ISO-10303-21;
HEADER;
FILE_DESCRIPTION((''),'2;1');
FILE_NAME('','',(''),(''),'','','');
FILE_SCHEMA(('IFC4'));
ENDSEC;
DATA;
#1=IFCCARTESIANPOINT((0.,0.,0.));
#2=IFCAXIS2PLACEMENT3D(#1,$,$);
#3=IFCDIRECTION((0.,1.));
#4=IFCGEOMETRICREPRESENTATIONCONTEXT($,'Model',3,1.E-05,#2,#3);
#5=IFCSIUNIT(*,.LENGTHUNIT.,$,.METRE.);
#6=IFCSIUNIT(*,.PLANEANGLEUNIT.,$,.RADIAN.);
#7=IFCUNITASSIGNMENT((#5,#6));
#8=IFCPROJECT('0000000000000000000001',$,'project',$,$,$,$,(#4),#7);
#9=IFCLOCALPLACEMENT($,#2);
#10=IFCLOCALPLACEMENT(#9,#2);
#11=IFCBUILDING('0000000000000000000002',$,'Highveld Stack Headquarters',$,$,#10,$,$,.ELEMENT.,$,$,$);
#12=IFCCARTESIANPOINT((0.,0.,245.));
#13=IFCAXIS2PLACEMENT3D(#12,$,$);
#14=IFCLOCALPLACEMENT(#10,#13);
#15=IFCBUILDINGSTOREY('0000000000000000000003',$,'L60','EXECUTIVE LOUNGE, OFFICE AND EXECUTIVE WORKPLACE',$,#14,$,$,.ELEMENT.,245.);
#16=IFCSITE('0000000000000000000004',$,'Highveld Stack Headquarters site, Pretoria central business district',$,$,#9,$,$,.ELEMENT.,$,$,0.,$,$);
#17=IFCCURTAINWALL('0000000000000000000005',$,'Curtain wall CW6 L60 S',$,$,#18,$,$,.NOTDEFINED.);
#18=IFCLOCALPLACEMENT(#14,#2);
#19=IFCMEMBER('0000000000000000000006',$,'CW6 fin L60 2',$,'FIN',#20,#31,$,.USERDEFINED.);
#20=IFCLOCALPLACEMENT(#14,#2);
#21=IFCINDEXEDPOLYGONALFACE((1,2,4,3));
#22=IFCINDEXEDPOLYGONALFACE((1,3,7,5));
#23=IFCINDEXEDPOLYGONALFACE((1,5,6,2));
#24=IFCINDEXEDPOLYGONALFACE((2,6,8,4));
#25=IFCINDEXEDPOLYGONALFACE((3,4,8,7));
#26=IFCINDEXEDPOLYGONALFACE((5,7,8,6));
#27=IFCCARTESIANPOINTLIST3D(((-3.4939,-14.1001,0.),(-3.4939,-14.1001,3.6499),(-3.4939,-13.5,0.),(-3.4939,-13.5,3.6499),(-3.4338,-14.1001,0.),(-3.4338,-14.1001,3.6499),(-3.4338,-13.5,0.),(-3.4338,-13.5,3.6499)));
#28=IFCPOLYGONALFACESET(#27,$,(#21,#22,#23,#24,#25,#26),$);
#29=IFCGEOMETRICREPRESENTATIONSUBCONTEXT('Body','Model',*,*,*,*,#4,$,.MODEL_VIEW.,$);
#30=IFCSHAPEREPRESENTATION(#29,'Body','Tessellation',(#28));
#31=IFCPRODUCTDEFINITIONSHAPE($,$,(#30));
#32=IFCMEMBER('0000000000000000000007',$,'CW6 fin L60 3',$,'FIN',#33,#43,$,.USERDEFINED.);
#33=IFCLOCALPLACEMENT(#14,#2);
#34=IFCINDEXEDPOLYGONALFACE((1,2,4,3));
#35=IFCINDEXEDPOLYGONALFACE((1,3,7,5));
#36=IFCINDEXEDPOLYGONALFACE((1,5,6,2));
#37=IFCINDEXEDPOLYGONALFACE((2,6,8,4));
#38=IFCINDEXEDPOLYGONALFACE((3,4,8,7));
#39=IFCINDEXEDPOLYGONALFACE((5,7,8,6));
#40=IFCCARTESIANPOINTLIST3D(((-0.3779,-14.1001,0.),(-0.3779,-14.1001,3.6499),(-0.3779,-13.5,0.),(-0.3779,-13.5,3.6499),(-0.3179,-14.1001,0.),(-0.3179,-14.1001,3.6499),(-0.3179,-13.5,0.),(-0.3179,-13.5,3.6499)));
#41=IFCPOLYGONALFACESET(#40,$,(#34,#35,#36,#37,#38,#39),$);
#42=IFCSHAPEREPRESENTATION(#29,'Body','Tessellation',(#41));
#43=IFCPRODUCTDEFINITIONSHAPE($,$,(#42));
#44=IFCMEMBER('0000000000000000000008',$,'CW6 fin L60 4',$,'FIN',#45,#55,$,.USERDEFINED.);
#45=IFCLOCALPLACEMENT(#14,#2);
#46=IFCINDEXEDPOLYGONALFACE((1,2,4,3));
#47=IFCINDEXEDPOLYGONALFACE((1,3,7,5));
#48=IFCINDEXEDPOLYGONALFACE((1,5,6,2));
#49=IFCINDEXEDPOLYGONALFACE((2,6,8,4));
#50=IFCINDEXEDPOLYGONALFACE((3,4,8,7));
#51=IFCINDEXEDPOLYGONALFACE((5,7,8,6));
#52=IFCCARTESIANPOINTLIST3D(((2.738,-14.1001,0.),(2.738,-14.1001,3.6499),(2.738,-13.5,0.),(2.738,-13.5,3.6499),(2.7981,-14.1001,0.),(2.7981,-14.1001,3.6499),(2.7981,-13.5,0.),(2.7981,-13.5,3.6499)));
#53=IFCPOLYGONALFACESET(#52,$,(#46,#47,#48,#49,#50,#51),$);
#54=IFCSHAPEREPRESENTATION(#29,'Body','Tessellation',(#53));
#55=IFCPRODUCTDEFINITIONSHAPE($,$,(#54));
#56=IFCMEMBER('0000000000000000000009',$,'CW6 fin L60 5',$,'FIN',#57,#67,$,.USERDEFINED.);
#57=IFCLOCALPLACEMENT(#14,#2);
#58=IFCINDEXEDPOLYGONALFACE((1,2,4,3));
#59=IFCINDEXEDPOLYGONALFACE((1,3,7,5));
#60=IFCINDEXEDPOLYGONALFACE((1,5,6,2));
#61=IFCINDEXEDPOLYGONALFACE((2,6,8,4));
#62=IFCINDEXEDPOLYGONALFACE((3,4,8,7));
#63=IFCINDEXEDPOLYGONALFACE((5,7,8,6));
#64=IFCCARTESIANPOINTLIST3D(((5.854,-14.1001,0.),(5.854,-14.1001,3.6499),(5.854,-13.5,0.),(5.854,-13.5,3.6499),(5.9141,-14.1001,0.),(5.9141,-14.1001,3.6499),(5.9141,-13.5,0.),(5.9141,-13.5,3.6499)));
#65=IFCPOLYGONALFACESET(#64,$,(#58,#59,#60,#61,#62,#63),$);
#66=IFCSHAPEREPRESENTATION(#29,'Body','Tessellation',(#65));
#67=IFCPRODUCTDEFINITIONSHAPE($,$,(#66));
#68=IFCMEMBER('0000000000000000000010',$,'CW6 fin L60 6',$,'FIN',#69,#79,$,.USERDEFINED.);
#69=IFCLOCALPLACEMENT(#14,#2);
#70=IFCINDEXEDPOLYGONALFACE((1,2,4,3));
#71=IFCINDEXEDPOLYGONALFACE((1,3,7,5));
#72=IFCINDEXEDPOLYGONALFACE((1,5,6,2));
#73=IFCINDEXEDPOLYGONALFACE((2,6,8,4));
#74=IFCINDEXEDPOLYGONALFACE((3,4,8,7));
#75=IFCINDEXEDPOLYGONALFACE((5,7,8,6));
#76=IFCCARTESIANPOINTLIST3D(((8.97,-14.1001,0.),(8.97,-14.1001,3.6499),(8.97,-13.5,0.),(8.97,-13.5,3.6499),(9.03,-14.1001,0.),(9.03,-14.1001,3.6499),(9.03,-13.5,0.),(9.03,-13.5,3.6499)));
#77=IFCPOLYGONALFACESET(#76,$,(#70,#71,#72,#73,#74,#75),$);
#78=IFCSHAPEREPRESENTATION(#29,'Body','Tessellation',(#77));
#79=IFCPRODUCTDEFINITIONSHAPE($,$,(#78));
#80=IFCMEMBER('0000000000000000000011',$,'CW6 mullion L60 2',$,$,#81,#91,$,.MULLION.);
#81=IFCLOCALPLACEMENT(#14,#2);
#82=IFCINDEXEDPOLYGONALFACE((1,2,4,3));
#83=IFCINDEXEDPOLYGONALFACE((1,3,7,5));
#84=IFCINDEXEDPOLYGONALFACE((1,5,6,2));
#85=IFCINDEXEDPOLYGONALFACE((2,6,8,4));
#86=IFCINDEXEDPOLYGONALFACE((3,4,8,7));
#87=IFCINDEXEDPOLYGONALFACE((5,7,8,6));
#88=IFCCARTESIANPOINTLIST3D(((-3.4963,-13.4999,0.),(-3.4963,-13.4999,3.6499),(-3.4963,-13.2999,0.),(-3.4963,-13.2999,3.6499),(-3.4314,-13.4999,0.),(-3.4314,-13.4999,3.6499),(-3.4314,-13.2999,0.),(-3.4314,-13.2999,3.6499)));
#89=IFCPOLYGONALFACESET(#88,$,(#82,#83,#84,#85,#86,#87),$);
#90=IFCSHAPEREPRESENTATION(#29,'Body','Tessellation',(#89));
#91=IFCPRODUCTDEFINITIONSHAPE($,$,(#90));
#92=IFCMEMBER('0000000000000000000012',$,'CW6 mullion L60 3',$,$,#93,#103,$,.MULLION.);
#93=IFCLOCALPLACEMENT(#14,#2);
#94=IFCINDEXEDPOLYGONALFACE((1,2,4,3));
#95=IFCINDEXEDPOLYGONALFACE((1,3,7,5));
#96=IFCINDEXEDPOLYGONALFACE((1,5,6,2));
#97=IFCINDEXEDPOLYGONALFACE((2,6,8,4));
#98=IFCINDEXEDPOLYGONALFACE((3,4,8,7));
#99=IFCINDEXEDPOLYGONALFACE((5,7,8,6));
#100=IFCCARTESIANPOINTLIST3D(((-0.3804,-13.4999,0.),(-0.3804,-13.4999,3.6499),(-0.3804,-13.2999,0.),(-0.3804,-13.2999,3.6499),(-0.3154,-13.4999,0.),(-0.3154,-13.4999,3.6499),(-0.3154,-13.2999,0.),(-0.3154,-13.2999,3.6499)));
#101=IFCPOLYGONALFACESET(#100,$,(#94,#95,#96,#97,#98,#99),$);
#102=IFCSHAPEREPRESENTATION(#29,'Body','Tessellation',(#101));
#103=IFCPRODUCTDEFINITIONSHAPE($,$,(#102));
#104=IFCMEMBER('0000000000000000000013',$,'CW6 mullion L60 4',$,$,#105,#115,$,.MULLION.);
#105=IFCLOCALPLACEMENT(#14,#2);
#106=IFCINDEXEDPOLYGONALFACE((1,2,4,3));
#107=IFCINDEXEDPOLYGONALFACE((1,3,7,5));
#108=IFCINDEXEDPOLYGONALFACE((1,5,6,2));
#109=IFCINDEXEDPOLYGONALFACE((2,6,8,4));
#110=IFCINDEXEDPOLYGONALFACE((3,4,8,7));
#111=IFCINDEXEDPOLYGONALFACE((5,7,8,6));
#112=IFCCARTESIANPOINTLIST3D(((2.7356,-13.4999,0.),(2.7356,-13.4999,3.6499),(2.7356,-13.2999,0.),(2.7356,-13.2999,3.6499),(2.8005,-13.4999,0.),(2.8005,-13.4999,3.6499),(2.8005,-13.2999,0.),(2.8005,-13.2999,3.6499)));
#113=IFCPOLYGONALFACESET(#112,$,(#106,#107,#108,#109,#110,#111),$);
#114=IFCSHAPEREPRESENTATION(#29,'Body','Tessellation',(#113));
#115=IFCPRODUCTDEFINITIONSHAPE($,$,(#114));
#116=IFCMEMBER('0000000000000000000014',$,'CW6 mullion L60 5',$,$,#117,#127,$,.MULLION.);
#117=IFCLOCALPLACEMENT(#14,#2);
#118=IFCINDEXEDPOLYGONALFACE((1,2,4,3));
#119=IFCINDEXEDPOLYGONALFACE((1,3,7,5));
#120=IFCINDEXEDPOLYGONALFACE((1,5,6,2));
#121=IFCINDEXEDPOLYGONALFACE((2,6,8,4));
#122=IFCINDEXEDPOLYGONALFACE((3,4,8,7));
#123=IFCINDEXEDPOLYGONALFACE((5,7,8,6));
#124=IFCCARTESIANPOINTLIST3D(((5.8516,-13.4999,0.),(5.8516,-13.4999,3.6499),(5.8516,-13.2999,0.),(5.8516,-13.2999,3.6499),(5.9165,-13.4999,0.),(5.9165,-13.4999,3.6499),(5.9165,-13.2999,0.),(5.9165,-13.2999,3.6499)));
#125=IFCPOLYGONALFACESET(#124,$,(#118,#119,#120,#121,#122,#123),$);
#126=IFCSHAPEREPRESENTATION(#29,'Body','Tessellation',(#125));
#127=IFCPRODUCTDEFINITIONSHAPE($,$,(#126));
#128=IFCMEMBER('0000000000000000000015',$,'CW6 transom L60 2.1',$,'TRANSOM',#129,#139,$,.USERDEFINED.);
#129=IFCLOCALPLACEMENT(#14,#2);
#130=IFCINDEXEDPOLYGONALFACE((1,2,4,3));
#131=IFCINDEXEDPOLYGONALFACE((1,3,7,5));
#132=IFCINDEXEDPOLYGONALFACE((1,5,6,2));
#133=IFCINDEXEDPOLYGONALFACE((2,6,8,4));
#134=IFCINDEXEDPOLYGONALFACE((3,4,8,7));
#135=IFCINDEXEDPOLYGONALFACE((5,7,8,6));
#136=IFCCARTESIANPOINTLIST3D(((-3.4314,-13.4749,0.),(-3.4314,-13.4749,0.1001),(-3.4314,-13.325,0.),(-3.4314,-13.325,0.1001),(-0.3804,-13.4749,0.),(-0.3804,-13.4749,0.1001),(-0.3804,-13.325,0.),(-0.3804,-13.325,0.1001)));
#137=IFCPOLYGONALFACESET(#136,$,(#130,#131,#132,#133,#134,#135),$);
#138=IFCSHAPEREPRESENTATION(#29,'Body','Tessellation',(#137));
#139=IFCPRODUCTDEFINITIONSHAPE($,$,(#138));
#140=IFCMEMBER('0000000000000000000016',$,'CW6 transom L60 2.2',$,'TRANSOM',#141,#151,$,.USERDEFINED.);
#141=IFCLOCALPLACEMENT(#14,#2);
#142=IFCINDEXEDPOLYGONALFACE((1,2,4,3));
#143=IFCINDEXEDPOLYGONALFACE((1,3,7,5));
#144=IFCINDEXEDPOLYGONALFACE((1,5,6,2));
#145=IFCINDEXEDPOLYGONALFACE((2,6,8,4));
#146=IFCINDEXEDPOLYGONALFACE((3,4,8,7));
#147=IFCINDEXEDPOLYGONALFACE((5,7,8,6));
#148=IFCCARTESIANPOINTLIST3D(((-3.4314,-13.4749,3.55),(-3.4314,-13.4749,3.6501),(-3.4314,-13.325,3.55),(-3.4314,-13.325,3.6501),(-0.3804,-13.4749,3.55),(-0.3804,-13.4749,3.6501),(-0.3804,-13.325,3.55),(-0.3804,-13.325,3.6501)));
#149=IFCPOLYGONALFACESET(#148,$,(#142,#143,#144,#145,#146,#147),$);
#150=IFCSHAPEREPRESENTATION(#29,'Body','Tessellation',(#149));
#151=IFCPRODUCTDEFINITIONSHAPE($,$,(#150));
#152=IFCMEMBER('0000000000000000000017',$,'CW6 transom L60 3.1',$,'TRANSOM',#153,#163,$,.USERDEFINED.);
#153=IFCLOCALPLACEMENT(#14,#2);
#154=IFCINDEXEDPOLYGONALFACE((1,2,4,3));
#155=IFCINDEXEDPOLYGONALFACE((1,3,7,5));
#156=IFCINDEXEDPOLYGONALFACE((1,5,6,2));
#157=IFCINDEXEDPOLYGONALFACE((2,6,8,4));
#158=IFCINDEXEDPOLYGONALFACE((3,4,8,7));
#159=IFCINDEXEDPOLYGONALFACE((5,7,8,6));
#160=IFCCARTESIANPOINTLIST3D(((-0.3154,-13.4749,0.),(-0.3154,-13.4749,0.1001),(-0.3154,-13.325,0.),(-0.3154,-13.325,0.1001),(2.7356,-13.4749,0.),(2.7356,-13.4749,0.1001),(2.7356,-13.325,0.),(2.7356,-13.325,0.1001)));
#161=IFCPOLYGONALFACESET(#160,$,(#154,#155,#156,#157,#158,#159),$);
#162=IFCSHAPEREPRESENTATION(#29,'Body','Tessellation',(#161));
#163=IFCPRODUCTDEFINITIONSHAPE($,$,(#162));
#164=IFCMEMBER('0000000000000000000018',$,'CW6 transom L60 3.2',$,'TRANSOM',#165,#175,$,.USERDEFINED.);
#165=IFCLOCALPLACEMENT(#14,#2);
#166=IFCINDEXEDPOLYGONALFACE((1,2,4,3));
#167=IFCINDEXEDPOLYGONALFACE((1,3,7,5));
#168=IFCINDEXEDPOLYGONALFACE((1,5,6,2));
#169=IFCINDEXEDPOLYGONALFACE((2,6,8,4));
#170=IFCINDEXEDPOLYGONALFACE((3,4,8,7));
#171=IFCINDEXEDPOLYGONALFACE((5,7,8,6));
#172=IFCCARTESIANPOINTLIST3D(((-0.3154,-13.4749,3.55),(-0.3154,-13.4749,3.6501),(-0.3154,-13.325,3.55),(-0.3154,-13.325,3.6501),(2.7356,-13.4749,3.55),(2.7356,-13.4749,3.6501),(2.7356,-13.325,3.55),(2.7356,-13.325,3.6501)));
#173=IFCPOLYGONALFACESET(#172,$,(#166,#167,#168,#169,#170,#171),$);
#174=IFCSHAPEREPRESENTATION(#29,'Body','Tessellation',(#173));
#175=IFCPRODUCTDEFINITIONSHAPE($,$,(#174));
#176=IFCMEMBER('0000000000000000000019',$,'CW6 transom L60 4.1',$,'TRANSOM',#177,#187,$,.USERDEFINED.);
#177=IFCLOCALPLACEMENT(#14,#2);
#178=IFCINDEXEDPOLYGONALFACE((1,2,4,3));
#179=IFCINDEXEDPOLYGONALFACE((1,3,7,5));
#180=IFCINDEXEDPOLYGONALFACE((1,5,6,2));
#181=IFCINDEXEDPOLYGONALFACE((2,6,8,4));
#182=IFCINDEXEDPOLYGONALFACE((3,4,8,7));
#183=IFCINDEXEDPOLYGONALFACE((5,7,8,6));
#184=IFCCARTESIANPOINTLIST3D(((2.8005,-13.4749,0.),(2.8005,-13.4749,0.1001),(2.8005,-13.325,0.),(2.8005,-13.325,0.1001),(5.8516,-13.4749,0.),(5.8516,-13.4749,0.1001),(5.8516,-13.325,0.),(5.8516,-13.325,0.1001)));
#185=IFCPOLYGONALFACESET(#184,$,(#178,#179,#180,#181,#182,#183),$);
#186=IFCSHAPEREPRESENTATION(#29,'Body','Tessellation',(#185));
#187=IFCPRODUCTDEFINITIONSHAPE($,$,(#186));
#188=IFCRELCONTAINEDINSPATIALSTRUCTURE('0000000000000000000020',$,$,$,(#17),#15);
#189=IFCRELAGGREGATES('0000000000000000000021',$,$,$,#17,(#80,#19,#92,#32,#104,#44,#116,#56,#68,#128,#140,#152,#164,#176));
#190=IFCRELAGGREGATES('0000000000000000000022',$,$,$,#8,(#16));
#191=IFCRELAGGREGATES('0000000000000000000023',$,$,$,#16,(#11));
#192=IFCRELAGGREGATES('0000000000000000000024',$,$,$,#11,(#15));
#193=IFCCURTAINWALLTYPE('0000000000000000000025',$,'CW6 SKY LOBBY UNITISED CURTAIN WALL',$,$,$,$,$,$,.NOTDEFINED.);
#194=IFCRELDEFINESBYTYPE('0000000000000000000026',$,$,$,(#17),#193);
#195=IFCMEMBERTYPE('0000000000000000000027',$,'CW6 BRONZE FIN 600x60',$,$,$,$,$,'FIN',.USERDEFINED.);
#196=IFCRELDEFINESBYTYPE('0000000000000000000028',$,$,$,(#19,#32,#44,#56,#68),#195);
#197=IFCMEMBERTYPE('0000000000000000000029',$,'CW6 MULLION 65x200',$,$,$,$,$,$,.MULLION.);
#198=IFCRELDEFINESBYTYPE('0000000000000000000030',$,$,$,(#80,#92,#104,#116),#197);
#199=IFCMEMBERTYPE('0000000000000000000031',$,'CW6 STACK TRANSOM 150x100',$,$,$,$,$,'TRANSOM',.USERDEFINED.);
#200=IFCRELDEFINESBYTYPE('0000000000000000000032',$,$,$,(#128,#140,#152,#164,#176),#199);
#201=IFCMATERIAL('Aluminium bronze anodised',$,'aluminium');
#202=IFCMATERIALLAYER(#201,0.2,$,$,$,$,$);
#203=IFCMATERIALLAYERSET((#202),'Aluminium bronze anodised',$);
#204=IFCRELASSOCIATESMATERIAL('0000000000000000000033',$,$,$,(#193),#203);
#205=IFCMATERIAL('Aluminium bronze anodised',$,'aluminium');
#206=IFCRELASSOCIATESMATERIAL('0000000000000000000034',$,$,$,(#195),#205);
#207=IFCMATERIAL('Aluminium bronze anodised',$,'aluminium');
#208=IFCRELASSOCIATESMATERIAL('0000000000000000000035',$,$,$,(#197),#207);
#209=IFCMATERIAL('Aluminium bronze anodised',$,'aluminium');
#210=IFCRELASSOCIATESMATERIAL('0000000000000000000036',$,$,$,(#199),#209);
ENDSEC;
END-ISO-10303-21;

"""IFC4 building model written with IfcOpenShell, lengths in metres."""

from ifc_helpers import new_model, si_unit, direction, frame, origin, origin_2d, place, context, subcontext, project, spatial, rectangle, extrude, material, layer, layer_set, material_profile, profile_set, type_object, element, aggregate, save


model = new_model("IFC4")

# Units and contexts
model_context = context("Model", 3, precision=1e-05, world=origin(), true_north=direction((0.0, 1.0)))
body_context = subcontext(model_context, "Body", "Model", "MODEL_VIEW")
ifc_project = project(units=[si_unit("LENGTHUNIT", "METRE"), si_unit("PLANEANGLEUNIT", "RADIAN")], contexts=[model_context])

# Site, building, storey
site_placement = place(None, origin())
site = spatial("IfcSite", under=ifc_project, at=site_placement, Name="Highveld Stack Headquarters site, Pretoria central business district", CompositionType="ELEMENT", RefElevation=0.0)
building_placement = place(site_placement, origin())
building = spatial("IfcBuilding", under=site, at=building_placement, Name="Highveld Stack Headquarters", CompositionType="ELEMENT")
storey_placement = place(building_placement, frame((0.0, 0.0, 245.0)))
storey = spatial("IfcBuildingStorey", under=building, at=storey_placement, Name="L60", Description="EXECUTIVE LOUNGE, OFFICE AND EXECUTIVE WORKPLACE", CompositionType="ELEMENT", Elevation=245.0)

# Curtain wall, members
ifc_material_1 = material(Name="Aluminium bronze anodised", Category="aluminium")
ifc_layer_1 = layer(ifc_material_1, 0.2)
ifc_layer_set_1 = layer_set([ifc_layer_1], Name="Aluminium bronze anodised")
curtain_wall_type = type_object("IfcCurtainWallType", Name="CW6 SKY LOBBY UNITISED CURTAIN WALL", PredefinedType="NOTDEFINED", material=ifc_layer_set_1)
curtain_wall_placement = place(storey_placement, origin())
curtain_wall = element("IfcCurtainWall", 1, at=curtain_wall_placement, inside=storey, type_object=curtain_wall_type, Name="Curtain wall CW6 L60 S", PredefinedType="NOTDEFINED")
ifc_material_2 = material(Name="Aluminium bronze anodised", Category="aluminium")
ifc_material_profile_1 = material_profile(ifc_material_2, rectangle(XDim=0.6001, YDim=0.0601, at=origin_2d()), Name="FIN 600x60")
ifc_profile_set_1 = profile_set([ifc_material_profile_1], Name="Aluminium bronze anodised")
member_type_1 = type_object("IfcMemberType", Name="CW6 BRONZE FIN 600x60", ElementType="FIN", PredefinedType="USERDEFINED", material=ifc_profile_set_1)
member_1_placement = place(storey_placement, frame((-3.4639, -13.8, 0.0), z_axis=(0.0, 0.0, 1.0), x_axis=(0.0, 1.0, 0.0)))
member_1 = element("IfcMember", 2, at=member_1_placement, type_object=member_type_1, Name="CW6 fin L60 2", ObjectType="FIN", PredefinedType="USERDEFINED", context=body_context, shape_type="SweptSolid", body=[
    extrude(rectangle(XDim=0.6001, YDim=0.0601, at=origin_2d()), origin(), (0.0, 0.0, 1.0), 3.6499),
])
member_2_placement = place(storey_placement, frame((-0.3479, -13.8, 0.0), z_axis=(0.0, 0.0, 1.0), x_axis=(0.0, 1.0, 0.0)))
member_2 = element("IfcMember", 3, at=member_2_placement, type_object=member_type_1, Name="CW6 fin L60 3", ObjectType="FIN", PredefinedType="USERDEFINED", context=body_context, shape_type="SweptSolid", body=[
    extrude(rectangle(XDim=0.6001, YDim=0.0601, at=origin_2d()), origin(), (0.0, 0.0, 1.0), 3.6499),
])
member_3_placement = place(storey_placement, frame((2.7681, -13.8, 0.0), z_axis=(0.0, 0.0, 1.0), x_axis=(0.0, 1.0, 0.0)))
member_3 = element("IfcMember", 4, at=member_3_placement, type_object=member_type_1, Name="CW6 fin L60 4", ObjectType="FIN", PredefinedType="USERDEFINED", context=body_context, shape_type="SweptSolid", body=[
    extrude(rectangle(XDim=0.6001, YDim=0.0601, at=origin_2d()), origin(), (0.0, 0.0, 1.0), 3.6499),
])
member_4_placement = place(storey_placement, frame((5.884, -13.8, 0.0), z_axis=(0.0, 0.0, 1.0), x_axis=(0.0, 1.0, 0.0)))
member_4 = element("IfcMember", 5, at=member_4_placement, type_object=member_type_1, Name="CW6 fin L60 5", ObjectType="FIN", PredefinedType="USERDEFINED", context=body_context, shape_type="SweptSolid", body=[
    extrude(rectangle(XDim=0.6001, YDim=0.0601, at=origin_2d()), origin(), (0.0, 0.0, 1.0), 3.6499),
])
member_5_placement = place(storey_placement, frame((9.0, -13.8, 0.0), z_axis=(0.0, 0.0, 1.0), x_axis=(0.0, 1.0, 0.0)))
member_5 = element("IfcMember", 6, at=member_5_placement, type_object=member_type_1, Name="CW6 fin L60 6", ObjectType="FIN", PredefinedType="USERDEFINED", context=body_context, shape_type="SweptSolid", body=[
    extrude(rectangle(XDim=0.6001, YDim=0.0601, at=origin_2d()), origin(), (0.0, 0.0, 1.0), 3.6499),
])
ifc_material_3 = material(Name="Aluminium bronze anodised", Category="aluminium")
ifc_material_profile_2 = material_profile(ifc_material_3, rectangle(XDim=0.2, YDim=0.0649, at=origin_2d()), Name="CW6 MULLION 65x200")
ifc_profile_set_2 = profile_set([ifc_material_profile_2], Name="Aluminium bronze anodised")
member_type_2 = type_object("IfcMemberType", Name="CW6 MULLION 65x200", PredefinedType="MULLION", material=ifc_profile_set_2)
member_6_placement = place(storey_placement, frame((-3.4639, -13.3999, 0.0), z_axis=(0.0, 0.0, 1.0), x_axis=(0.0, 1.0, 0.0)))
member_6 = element("IfcMember", 7, at=member_6_placement, type_object=member_type_2, Name="CW6 mullion L60 2", PredefinedType="MULLION", context=body_context, shape_type="SweptSolid", body=[
    extrude(rectangle(XDim=0.2, YDim=0.0649, at=origin_2d()), origin(), (0.0, 0.0, 1.0), 3.6499),
])
member_7_placement = place(storey_placement, frame((-0.3479, -13.3999, 0.0), z_axis=(0.0, 0.0, 1.0), x_axis=(0.0, 1.0, 0.0)))
member_7 = element("IfcMember", 8, at=member_7_placement, type_object=member_type_2, Name="CW6 mullion L60 3", PredefinedType="MULLION", context=body_context, shape_type="SweptSolid", body=[
    extrude(rectangle(XDim=0.2, YDim=0.0649, at=origin_2d()), origin(), (0.0, 0.0, 1.0), 3.6499),
])
member_8_placement = place(storey_placement, frame((2.7681, -13.3999, 0.0), z_axis=(0.0, 0.0, 1.0), x_axis=(0.0, 1.0, 0.0)))
member_8 = element("IfcMember", 9, at=member_8_placement, type_object=member_type_2, Name="CW6 mullion L60 4", PredefinedType="MULLION", context=body_context, shape_type="SweptSolid", body=[
    extrude(rectangle(XDim=0.2, YDim=0.0649, at=origin_2d()), origin(), (0.0, 0.0, 1.0), 3.6499),
])
member_9_placement = place(storey_placement, frame((5.884, -13.3999, 0.0), z_axis=(0.0, 0.0, 1.0), x_axis=(0.0, 1.0, 0.0)))
member_9 = element("IfcMember", 10, at=member_9_placement, type_object=member_type_2, Name="CW6 mullion L60 5", PredefinedType="MULLION", context=body_context, shape_type="SweptSolid", body=[
    extrude(rectangle(XDim=0.2, YDim=0.0649, at=origin_2d()), origin(), (0.0, 0.0, 1.0), 3.6499),
])
ifc_material_4 = material(Name="Aluminium bronze anodised", Category="aluminium")
ifc_material_profile_3 = material_profile(ifc_material_4, rectangle(XDim=0.1499, YDim=0.1001, at=origin_2d()), Name="CW6 TRANSOM 150x100")
ifc_profile_set_3 = profile_set([ifc_material_profile_3], Name="Aluminium bronze anodised")
member_type_3 = type_object("IfcMemberType", Name="CW6 STACK TRANSOM 150x100", ElementType="TRANSOM", PredefinedType="USERDEFINED", material=ifc_profile_set_3)
member_10_placement = place(storey_placement, frame((-3.4314, -13.3999, 0.05), z_axis=(1.0, 0.0, 0.0), x_axis=(0.0, 1.0, 0.0)))
member_10 = element("IfcMember", 11, at=member_10_placement, type_object=member_type_3, Name="CW6 transom L60 2.1", ObjectType="TRANSOM", PredefinedType="USERDEFINED", context=body_context, shape_type="SweptSolid", body=[
    extrude(rectangle(XDim=0.1499, YDim=0.1001, at=origin_2d()), origin(), (0.0, 0.0, 1.0), 3.051),
])
member_11_placement = place(storey_placement, frame((-3.4314, -13.3999, 3.6001), z_axis=(1.0, 0.0, 0.0), x_axis=(0.0, 1.0, 0.0)))
member_11 = element("IfcMember", 12, at=member_11_placement, type_object=member_type_3, Name="CW6 transom L60 2.2", ObjectType="TRANSOM", PredefinedType="USERDEFINED", context=body_context, shape_type="SweptSolid", body=[
    extrude(rectangle(XDim=0.1499, YDim=0.1001, at=origin_2d()), origin(), (0.0, 0.0, 1.0), 3.051),
])
member_12_placement = place(storey_placement, frame((-0.3154, -13.3999, 0.05), z_axis=(1.0, 0.0, 0.0), x_axis=(0.0, 1.0, 0.0)))
member_12 = element("IfcMember", 13, at=member_12_placement, type_object=member_type_3, Name="CW6 transom L60 3.1", ObjectType="TRANSOM", PredefinedType="USERDEFINED", context=body_context, shape_type="SweptSolid", body=[
    extrude(rectangle(XDim=0.1499, YDim=0.1001, at=origin_2d()), origin(), (0.0, 0.0, 1.0), 3.051),
])
member_13_placement = place(storey_placement, frame((-0.3154, -13.3999, 3.6001), z_axis=(1.0, 0.0, 0.0), x_axis=(0.0, 1.0, 0.0)))
member_13 = element("IfcMember", 14, at=member_13_placement, type_object=member_type_3, Name="CW6 transom L60 3.2", ObjectType="TRANSOM", PredefinedType="USERDEFINED", context=body_context, shape_type="SweptSolid", body=[
    extrude(rectangle(XDim=0.1499, YDim=0.1001, at=origin_2d()), origin(), (0.0, 0.0, 1.0), 3.051),
])
member_14_placement = place(storey_placement, frame((2.8005, -13.3999, 0.05), z_axis=(1.0, 0.0, 0.0), x_axis=(0.0, 1.0, 0.0)))
member_14 = element("IfcMember", 15, at=member_14_placement, type_object=member_type_3, Name="CW6 transom L60 4.1", ObjectType="TRANSOM", PredefinedType="USERDEFINED", context=body_context, shape_type="SweptSolid", body=[
    extrude(rectangle(XDim=0.1499, YDim=0.1001, at=origin_2d()), origin(), (0.0, 0.0, 1.0), 3.051),
])
aggregate(curtain_wall, [member_6, member_1, member_7, member_2, member_8, member_3, member_9, member_4, member_5, member_10, member_11, member_12, member_13, member_14])

save(model, "model.ifc")
